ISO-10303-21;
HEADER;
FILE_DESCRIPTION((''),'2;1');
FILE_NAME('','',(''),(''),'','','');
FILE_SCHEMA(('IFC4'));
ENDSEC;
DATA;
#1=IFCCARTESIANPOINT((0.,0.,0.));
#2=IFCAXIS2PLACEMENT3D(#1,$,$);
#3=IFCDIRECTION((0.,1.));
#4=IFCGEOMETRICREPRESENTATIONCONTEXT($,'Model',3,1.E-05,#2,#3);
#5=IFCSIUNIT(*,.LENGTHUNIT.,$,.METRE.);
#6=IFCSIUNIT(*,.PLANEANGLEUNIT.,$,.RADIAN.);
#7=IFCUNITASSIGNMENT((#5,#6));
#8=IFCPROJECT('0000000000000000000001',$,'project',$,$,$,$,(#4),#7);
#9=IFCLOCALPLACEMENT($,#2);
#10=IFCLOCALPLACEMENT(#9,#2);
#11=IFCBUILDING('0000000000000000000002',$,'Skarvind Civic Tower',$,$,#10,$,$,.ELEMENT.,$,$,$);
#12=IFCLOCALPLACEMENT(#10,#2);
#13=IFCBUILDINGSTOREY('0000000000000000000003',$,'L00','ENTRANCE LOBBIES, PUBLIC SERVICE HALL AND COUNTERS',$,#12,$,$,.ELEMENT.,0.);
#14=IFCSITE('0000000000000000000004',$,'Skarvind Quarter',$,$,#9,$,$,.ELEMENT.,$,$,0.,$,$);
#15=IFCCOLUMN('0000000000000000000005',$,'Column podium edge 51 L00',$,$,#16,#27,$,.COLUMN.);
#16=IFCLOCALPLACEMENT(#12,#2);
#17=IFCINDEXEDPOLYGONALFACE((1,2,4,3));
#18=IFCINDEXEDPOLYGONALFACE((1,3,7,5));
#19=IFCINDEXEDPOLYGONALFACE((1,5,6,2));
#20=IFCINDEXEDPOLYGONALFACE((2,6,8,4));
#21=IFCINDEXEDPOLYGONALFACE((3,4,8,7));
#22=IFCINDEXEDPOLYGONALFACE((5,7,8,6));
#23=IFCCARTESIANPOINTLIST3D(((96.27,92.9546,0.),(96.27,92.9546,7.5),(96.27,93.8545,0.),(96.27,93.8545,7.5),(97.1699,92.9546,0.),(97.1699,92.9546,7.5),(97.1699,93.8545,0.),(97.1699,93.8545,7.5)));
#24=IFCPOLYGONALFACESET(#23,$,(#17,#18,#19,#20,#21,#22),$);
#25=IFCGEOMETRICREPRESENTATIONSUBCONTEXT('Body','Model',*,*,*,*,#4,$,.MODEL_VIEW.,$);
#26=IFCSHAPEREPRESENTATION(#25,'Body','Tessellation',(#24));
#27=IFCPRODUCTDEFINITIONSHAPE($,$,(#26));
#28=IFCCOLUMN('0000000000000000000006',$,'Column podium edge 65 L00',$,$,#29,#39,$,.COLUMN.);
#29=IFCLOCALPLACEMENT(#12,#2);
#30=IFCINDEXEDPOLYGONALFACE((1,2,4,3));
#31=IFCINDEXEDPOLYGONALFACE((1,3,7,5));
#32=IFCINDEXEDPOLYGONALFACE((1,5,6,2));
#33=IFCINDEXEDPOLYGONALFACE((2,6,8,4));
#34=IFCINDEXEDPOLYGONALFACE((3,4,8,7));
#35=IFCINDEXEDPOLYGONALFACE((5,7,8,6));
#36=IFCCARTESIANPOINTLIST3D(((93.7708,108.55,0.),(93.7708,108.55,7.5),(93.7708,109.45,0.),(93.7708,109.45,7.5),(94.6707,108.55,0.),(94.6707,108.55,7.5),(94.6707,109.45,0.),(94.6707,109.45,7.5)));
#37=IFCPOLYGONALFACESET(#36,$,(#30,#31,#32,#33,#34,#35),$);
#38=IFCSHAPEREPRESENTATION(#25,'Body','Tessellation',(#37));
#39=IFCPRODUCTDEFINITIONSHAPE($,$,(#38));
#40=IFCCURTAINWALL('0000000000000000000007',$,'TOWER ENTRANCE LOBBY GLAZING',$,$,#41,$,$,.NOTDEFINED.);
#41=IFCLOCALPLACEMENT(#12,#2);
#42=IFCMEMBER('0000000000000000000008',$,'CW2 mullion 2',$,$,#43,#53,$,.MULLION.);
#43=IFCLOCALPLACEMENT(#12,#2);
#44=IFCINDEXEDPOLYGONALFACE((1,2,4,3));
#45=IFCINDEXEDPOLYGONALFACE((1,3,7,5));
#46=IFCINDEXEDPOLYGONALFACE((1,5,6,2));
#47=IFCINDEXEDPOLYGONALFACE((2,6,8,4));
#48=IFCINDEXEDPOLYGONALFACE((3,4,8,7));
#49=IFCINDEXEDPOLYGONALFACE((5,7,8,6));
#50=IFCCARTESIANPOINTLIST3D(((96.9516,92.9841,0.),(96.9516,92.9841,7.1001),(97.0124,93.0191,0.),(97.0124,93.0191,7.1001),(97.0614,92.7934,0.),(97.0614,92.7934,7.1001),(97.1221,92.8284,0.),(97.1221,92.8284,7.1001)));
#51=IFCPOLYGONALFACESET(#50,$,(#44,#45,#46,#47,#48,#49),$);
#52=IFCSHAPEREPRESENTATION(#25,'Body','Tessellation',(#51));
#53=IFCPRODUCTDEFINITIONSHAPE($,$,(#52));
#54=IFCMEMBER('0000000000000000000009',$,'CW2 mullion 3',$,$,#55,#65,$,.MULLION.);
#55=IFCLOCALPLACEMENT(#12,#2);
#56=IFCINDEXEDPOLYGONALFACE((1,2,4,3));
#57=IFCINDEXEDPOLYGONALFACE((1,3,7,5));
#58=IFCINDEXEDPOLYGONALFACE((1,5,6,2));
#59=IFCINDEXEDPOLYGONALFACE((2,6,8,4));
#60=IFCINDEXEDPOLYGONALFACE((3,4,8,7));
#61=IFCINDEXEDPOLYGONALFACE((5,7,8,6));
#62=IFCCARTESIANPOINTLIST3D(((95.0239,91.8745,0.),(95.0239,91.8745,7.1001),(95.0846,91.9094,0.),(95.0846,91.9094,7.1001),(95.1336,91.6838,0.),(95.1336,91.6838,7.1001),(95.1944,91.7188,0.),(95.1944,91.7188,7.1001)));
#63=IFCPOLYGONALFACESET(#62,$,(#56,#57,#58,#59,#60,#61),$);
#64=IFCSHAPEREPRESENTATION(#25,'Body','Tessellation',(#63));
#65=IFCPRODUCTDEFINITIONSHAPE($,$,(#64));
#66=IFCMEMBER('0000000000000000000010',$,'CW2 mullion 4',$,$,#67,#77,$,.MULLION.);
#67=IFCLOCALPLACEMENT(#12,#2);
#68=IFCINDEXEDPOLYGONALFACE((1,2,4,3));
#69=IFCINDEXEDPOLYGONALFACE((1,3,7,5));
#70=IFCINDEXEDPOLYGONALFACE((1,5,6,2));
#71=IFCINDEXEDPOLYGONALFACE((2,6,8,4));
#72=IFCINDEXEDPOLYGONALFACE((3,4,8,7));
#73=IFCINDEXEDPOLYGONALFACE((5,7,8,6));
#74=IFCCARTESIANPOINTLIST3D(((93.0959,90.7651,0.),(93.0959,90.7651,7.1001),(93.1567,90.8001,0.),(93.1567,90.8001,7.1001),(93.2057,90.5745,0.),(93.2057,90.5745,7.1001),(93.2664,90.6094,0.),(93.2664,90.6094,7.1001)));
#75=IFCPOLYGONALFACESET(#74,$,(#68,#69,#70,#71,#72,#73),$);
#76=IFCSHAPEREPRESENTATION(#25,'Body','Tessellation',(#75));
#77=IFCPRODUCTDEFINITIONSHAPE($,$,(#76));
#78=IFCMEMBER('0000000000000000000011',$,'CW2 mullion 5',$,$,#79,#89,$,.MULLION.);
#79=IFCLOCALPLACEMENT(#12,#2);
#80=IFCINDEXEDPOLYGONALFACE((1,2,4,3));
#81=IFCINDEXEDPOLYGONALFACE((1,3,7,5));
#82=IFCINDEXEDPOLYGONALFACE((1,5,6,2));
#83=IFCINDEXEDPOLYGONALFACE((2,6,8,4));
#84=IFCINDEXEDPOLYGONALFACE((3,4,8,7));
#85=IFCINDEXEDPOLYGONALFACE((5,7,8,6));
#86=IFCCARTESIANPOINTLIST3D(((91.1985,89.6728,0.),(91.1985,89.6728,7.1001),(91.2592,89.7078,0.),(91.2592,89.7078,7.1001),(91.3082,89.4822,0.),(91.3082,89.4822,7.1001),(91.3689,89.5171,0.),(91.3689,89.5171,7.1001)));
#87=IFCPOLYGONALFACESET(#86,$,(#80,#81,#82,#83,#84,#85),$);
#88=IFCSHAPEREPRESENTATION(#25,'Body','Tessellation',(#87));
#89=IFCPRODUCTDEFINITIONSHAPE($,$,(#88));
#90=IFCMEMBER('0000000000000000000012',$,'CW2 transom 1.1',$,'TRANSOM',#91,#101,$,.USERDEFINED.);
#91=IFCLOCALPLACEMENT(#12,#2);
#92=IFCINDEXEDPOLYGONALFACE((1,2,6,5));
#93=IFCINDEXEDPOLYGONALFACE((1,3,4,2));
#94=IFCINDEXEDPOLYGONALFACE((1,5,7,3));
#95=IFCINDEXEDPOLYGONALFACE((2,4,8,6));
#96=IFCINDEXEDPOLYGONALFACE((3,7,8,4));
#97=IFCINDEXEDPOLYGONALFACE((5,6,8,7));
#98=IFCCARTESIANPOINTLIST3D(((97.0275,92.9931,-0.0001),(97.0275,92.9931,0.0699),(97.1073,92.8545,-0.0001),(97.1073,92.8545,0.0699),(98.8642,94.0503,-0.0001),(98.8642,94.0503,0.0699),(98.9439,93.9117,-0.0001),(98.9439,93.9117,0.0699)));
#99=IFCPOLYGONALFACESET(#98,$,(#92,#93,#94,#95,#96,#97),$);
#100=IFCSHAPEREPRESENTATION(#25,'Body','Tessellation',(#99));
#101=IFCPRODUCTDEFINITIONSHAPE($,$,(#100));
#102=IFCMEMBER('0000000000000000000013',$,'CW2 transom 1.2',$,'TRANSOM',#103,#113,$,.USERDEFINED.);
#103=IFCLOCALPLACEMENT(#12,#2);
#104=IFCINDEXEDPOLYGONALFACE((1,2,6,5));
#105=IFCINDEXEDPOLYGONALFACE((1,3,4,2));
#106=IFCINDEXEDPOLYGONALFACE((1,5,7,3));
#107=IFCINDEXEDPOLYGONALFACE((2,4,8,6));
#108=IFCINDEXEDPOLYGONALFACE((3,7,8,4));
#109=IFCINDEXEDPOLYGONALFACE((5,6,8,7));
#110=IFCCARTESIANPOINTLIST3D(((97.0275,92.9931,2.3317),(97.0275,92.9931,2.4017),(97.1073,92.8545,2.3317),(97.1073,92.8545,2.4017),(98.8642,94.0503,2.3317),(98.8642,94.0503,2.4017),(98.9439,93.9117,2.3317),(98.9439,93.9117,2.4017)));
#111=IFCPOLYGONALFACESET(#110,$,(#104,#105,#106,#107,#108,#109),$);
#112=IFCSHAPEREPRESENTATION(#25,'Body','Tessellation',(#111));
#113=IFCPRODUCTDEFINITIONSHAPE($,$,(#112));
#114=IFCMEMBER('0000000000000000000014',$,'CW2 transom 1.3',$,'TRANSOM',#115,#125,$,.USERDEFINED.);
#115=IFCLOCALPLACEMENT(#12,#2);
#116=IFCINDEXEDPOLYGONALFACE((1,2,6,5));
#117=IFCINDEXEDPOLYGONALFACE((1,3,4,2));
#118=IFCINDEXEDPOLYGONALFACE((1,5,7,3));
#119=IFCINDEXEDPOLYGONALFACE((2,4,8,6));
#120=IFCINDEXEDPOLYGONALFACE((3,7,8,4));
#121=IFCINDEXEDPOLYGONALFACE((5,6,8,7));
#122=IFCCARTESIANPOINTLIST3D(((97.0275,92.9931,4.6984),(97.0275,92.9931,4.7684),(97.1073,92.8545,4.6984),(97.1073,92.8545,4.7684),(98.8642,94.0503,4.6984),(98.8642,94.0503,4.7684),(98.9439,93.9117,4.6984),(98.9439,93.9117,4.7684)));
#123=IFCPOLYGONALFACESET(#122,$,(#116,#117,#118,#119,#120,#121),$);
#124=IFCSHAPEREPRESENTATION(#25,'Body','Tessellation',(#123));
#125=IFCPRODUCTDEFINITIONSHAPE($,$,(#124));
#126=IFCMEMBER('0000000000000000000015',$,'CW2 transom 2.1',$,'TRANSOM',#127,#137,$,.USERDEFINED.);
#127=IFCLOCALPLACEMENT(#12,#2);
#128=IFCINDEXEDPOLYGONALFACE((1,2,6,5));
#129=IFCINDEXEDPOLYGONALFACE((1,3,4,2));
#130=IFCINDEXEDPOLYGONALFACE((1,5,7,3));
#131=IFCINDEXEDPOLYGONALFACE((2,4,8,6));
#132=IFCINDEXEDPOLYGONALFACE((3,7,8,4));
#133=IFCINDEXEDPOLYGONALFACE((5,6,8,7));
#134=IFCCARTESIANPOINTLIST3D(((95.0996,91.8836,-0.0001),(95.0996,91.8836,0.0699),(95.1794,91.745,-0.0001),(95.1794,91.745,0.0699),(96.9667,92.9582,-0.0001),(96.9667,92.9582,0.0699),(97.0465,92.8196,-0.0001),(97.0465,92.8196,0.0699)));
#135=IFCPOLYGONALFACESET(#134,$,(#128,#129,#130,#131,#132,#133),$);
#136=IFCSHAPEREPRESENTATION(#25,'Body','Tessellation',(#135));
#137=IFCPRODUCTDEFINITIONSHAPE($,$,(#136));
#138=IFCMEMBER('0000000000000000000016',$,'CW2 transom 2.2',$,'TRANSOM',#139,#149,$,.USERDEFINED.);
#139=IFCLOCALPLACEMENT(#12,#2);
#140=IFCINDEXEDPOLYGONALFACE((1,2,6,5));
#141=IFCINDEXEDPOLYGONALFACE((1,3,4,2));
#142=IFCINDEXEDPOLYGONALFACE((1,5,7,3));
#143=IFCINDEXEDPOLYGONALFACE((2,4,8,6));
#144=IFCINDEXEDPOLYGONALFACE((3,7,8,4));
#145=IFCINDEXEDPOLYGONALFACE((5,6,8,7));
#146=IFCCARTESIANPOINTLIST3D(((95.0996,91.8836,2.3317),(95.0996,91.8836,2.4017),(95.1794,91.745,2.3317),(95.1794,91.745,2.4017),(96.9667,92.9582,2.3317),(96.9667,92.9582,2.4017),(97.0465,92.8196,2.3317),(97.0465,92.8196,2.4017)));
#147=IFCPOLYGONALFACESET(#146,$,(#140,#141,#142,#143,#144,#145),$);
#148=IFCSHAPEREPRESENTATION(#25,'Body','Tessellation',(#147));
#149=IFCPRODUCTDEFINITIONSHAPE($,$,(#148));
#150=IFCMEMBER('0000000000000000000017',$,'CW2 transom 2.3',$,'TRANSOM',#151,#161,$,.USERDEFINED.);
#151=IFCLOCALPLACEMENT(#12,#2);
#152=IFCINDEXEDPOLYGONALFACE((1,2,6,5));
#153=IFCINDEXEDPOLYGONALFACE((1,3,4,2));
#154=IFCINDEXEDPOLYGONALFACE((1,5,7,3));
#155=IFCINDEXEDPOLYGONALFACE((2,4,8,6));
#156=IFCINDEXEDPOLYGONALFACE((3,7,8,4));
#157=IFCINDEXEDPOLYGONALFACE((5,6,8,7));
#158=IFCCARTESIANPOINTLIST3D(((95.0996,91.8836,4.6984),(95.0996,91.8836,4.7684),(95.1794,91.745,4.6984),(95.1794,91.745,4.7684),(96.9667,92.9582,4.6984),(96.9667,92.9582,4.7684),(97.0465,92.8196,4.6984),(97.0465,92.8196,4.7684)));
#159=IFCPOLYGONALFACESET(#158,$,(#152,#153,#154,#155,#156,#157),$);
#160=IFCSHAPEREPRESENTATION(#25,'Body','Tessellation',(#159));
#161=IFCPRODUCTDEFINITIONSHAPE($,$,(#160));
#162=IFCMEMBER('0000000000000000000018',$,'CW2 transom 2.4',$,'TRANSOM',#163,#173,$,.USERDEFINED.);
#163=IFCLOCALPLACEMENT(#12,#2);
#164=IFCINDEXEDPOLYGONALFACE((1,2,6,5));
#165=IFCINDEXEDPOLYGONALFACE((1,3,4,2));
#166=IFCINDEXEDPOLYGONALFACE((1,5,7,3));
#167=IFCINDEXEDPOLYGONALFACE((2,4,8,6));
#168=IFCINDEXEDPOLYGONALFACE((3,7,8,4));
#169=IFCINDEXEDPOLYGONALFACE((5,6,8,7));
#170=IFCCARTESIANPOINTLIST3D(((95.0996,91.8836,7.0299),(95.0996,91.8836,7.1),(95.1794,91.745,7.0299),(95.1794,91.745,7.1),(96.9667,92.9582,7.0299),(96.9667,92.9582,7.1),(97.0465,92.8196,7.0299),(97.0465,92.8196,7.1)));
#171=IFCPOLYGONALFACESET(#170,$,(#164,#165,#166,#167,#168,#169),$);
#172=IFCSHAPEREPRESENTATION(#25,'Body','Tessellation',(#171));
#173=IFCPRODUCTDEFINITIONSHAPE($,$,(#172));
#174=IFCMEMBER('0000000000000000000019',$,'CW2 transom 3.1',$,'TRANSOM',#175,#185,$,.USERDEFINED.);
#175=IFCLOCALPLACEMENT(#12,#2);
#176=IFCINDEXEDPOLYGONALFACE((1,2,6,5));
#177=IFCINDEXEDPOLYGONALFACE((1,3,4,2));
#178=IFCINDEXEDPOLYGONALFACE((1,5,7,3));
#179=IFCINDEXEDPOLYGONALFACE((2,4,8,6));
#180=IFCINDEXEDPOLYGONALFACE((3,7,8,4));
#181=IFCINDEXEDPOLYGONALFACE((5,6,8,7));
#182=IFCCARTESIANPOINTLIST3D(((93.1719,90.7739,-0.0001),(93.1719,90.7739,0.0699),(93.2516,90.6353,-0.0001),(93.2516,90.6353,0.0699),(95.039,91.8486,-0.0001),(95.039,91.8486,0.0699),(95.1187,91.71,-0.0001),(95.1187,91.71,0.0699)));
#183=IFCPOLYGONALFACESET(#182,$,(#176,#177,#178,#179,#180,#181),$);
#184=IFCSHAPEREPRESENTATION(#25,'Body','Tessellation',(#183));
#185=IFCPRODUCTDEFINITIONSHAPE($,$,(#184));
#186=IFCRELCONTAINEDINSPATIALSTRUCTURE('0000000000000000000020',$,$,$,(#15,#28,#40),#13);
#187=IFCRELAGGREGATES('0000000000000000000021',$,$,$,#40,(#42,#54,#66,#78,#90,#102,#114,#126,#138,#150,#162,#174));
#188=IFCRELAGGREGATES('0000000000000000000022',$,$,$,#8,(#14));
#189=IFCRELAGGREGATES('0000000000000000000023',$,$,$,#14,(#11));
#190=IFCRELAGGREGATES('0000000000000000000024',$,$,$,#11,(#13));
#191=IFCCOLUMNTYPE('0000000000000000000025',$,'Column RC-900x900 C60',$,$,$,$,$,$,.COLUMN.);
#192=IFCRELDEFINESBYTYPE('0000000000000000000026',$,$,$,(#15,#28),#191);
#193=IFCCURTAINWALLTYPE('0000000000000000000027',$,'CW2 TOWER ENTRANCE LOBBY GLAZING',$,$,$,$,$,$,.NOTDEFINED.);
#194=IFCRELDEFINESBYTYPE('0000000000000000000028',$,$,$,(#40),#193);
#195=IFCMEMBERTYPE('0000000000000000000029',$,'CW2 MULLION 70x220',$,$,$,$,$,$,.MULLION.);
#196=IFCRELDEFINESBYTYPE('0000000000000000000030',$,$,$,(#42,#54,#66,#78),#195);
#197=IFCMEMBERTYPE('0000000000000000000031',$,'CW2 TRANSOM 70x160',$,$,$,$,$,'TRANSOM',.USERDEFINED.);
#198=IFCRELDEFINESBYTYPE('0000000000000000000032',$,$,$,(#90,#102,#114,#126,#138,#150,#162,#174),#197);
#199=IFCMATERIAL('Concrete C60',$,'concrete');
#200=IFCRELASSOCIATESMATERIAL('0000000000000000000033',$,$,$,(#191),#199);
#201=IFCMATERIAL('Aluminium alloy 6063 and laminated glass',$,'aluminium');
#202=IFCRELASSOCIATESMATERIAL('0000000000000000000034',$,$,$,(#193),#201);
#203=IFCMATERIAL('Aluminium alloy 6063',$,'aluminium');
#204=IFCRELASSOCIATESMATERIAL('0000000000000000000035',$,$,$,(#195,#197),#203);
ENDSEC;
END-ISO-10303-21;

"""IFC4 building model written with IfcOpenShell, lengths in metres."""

from ifc_helpers import new_model, si_unit, direction, frame, origin, origin_2d, place, context, subcontext, project, spatial, rectangle, extrude, material, material_profile, profile_set, type_object, element, aggregate, save


model = new_model("IFC4")

# Units and contexts
model_context = context("Model", 3, precision=1e-05, world=origin(), true_north=direction((0.0, 1.0)))
body_context = subcontext(model_context, "Body", "Model", "MODEL_VIEW")
ifc_project = project(units=[si_unit("LENGTHUNIT", "METRE"), si_unit("PLANEANGLEUNIT", "RADIAN")], contexts=[model_context])

# Site, building, storey
site_placement = place(None, origin())
site = spatial("IfcSite", under=ifc_project, at=site_placement, Name="Skarvind Quarter", CompositionType="ELEMENT", RefElevation=0.0)
building_placement = place(site_placement, origin())
building = spatial("IfcBuilding", under=site, at=building_placement, Name="Skarvind Civic Tower", CompositionType="ELEMENT")
storey_placement = place(building_placement, origin())
storey = spatial("IfcBuildingStorey", under=building, at=storey_placement, Name="L00", Description="ENTRANCE LOBBIES, PUBLIC SERVICE HALL AND COUNTERS", CompositionType="ELEMENT", Elevation=0.0)

# Columns
ifc_material_1 = material(Name="Concrete C60", Category="concrete")
ifc_material_profile_1 = material_profile(ifc_material_1, rectangle(XDim=0.8999, YDim=0.8999, at=origin_2d()), Name="RC-900x900")
ifc_profile_set_1 = profile_set([ifc_material_profile_1], Name="Concrete C60")
column_type = type_object("IfcColumnType", Name="Column RC-900x900 C60", PredefinedType="COLUMN", material=ifc_profile_set_1)
for number, where, z_axis, x_axis, name in (
    (1, (96.72, 93.4045, 0.0), (0.0, 0.0, 1.0), (1.0, 0.0, 0.0), "Column podium edge 51 L00"),
    (2, (94.2207, 109.0, 0.0), (0.0, 0.0, 1.0), (1.0, 0.0, 0.0), "Column podium edge 65 L00"),
):
    element("IfcColumn", number, at=place(storey_placement, frame(where, z_axis=z_axis, x_axis=x_axis)), inside=storey, type_object=column_type, Name=name, PredefinedType="COLUMN", context=body_context, shape_type="SweptSolid", body=[
        extrude(rectangle(XDim=0.8999, YDim=0.8999, at=origin_2d()), origin(), (0.0, 0.0, 1.0), 7.5),
    ])

# Curtain wall, members
ifc_material_2 = material(Name="Aluminium alloy 6063 and laminated glass", Category="aluminium")
curtain_wall_type = type_object("IfcCurtainWallType", Name="CW2 TOWER ENTRANCE LOBBY GLAZING", PredefinedType="NOTDEFINED", material=ifc_material_2)
curtain_wall_placement = place(storey_placement, origin())
curtain_wall = element("IfcCurtainWall", 3, at=curtain_wall_placement, inside=storey, type_object=curtain_wall_type, Name="TOWER ENTRANCE LOBBY GLAZING", PredefinedType="NOTDEFINED")
ifc_material_3 = material(Name="Aluminium alloy 6063", Category="aluminium")
ifc_material_profile_2 = material_profile(ifc_material_3, rectangle(XDim=0.22, YDim=0.0701, at=origin_2d()), Name="AL 70x220")
ifc_profile_set_2 = profile_set([ifc_material_profile_2], Name="Aluminium alloy 6063")
member_type_1 = type_object("IfcMemberType", Name="CW2 MULLION 70x220", PredefinedType="MULLION", material=ifc_profile_set_2)
member_1_placement = place(storey_placement, frame((97.0369, 92.9062, 0.0), z_axis=(0.0, 0.0, 1.0), x_axis=(0.49883, -0.8667, 0.0)))
member_1 = element("IfcMember", 4, at=member_1_placement, type_object=member_type_1, Name="CW2 mullion 2", PredefinedType="MULLION", context=body_context, shape_type="SweptSolid", body=[
    extrude(rectangle(XDim=0.22, YDim=0.0701, at=origin_2d()), origin(), (0.0, 0.0, 1.0), 7.1001),
])
member_2_placement = place(storey_placement, frame((95.1091, 91.7966, 0.0), z_axis=(0.0, 0.0, 1.0), x_axis=(0.49883, -0.8667, 0.0)))
member_2 = element("IfcMember", 5, at=member_2_placement, type_object=member_type_1, Name="CW2 mullion 3", PredefinedType="MULLION", context=body_context, shape_type="SweptSolid", body=[
    extrude(rectangle(XDim=0.22, YDim=0.0701, at=origin_2d()), origin(), (0.0, 0.0, 1.0), 7.1001),
])
member_3_placement = place(storey_placement, frame((93.1812, 90.6873, 0.0), z_axis=(0.0, 0.0, 1.0), x_axis=(0.49883, -0.8667, 0.0)))
member_3 = element("IfcMember", 6, at=member_3_placement, type_object=member_type_1, Name="CW2 mullion 4", PredefinedType="MULLION", context=body_context, shape_type="SweptSolid", body=[
    extrude(rectangle(XDim=0.22, YDim=0.0701, at=origin_2d()), origin(), (0.0, 0.0, 1.0), 7.1001),
])
member_4_placement = place(storey_placement, frame((91.2837, 89.595, 0.0), z_axis=(0.0, 0.0, 1.0), x_axis=(0.49883, -0.8667, 0.0)))
member_4 = element("IfcMember", 7, at=member_4_placement, type_object=member_type_1, Name="CW2 mullion 5", PredefinedType="MULLION", context=body_context, shape_type="SweptSolid", body=[
    extrude(rectangle(XDim=0.22, YDim=0.0701, at=origin_2d()), origin(), (0.0, 0.0, 1.0), 7.1001),
])
ifc_material_profile_3 = material_profile(ifc_material_3, rectangle(XDim=0.1599, YDim=0.0701, at=origin_2d()), Name="AL 70x160")
ifc_profile_set_3 = profile_set([ifc_material_profile_3], Name="Aluminium alloy 6063")
member_type_2 = type_object("IfcMemberType", Name="CW2 TRANSOM 70x160", ElementType="TRANSOM", PredefinedType="USERDEFINED", material=ifc_profile_set_3)
member_5_placement = place(storey_placement, frame((98.9041, 93.981, 0.0349), z_axis=(-0.866693, -0.498841, 0.0), x_axis=(0.498841, -0.866693, 0.0)))
member_5 = element("IfcMember", 8, at=member_5_placement, type_object=member_type_2, Name="CW2 transom 1.1", ObjectType="TRANSOM", PredefinedType="USERDEFINED", context=body_context, shape_type="SweptSolid", body=[
    extrude(rectangle(XDim=0.1599, YDim=0.0701, at=origin_2d()), origin(), (0.0, 0.0, 1.0), 2.1191),
])
member_6_placement = place(storey_placement, frame((98.9041, 93.981, 2.3667), z_axis=(-0.866693, -0.498841, 0.0), x_axis=(0.498841, -0.866693, 0.0)))
member_6 = element("IfcMember", 9, at=member_6_placement, type_object=member_type_2, Name="CW2 transom 1.2", ObjectType="TRANSOM", PredefinedType="USERDEFINED", context=body_context, shape_type="SweptSolid", body=[
    extrude(rectangle(XDim=0.1599, YDim=0.0701, at=origin_2d()), origin(), (0.0, 0.0, 1.0), 2.1191),
])
member_7_placement = place(storey_placement, frame((98.9041, 93.981, 4.7334), z_axis=(-0.866693, -0.498841, 0.0), x_axis=(0.498841, -0.866693, 0.0)))
member_7 = element("IfcMember", 10, at=member_7_placement, type_object=member_type_2, Name="CW2 transom 1.3", ObjectType="TRANSOM", PredefinedType="USERDEFINED", context=body_context, shape_type="SweptSolid", body=[
    extrude(rectangle(XDim=0.1599, YDim=0.0701, at=origin_2d()), origin(), (0.0, 0.0, 1.0), 2.1191),
])
member_8_placement = place(storey_placement, frame((97.0066, 92.8889, 0.0349), z_axis=(-0.866691, -0.498846, 0.0), x_axis=(0.498846, -0.866691, 0.0)))
member_8 = element("IfcMember", 11, at=member_8_placement, type_object=member_type_2, Name="CW2 transom 2.1", ObjectType="TRANSOM", PredefinedType="USERDEFINED", context=body_context, shape_type="SweptSolid", body=[
    extrude(rectangle(XDim=0.1599, YDim=0.0701, at=origin_2d()), origin(), (0.0, 0.0, 1.0), 2.1543),
])
member_9_placement = place(storey_placement, frame((97.0066, 92.8889, 2.3667), z_axis=(-0.866691, -0.498846, 0.0), x_axis=(0.498846, -0.866691, 0.0)))
member_9 = element("IfcMember", 12, at=member_9_placement, type_object=member_type_2, Name="CW2 transom 2.2", ObjectType="TRANSOM", PredefinedType="USERDEFINED", context=body_context, shape_type="SweptSolid", body=[
    extrude(rectangle(XDim=0.1599, YDim=0.0701, at=origin_2d()), origin(), (0.0, 0.0, 1.0), 2.1543),
])
member_10_placement = place(storey_placement, frame((97.0066, 92.8889, 4.7334), z_axis=(-0.866691, -0.498846, 0.0), x_axis=(0.498846, -0.866691, 0.0)))
member_10 = element("IfcMember", 13, at=member_10_placement, type_object=member_type_2, Name="CW2 transom 2.3", ObjectType="TRANSOM", PredefinedType="USERDEFINED", context=body_context, shape_type="SweptSolid", body=[
    extrude(rectangle(XDim=0.1599, YDim=0.0701, at=origin_2d()), origin(), (0.0, 0.0, 1.0), 2.1543),
])
member_11_placement = place(storey_placement, frame((97.0066, 92.8889, 7.0649), z_axis=(-0.866691, -0.498846, 0.0), x_axis=(0.498846, -0.866691, 0.0)))
member_11 = element("IfcMember", 14, at=member_11_placement, type_object=member_type_2, Name="CW2 transom 2.4", ObjectType="TRANSOM", PredefinedType="USERDEFINED", context=body_context, shape_type="SweptSolid", body=[
    extrude(rectangle(XDim=0.1599, YDim=0.0701, at=origin_2d()), origin(), (0.0, 0.0, 1.0), 2.1543),
])
member_12_placement = place(storey_placement, frame((95.0789, 91.7793, 0.0349), z_axis=(-0.866691, -0.498846, 0.0), x_axis=(0.498846, -0.866691, 0.0)))
member_12 = element("IfcMember", 15, at=member_12_placement, type_object=member_type_2, Name="CW2 transom 3.1", ObjectType="TRANSOM", PredefinedType="USERDEFINED", context=body_context, shape_type="SweptSolid", body=[
    extrude(rectangle(XDim=0.1599, YDim=0.0701, at=origin_2d()), origin(), (0.0, 0.0, 1.0), 2.1543),
])
aggregate(curtain_wall, [member_1, member_2, member_3, member_4, member_5, member_6, member_7, member_8, member_9, member_10, member_11, member_12])

save(model, "model.ifc")
